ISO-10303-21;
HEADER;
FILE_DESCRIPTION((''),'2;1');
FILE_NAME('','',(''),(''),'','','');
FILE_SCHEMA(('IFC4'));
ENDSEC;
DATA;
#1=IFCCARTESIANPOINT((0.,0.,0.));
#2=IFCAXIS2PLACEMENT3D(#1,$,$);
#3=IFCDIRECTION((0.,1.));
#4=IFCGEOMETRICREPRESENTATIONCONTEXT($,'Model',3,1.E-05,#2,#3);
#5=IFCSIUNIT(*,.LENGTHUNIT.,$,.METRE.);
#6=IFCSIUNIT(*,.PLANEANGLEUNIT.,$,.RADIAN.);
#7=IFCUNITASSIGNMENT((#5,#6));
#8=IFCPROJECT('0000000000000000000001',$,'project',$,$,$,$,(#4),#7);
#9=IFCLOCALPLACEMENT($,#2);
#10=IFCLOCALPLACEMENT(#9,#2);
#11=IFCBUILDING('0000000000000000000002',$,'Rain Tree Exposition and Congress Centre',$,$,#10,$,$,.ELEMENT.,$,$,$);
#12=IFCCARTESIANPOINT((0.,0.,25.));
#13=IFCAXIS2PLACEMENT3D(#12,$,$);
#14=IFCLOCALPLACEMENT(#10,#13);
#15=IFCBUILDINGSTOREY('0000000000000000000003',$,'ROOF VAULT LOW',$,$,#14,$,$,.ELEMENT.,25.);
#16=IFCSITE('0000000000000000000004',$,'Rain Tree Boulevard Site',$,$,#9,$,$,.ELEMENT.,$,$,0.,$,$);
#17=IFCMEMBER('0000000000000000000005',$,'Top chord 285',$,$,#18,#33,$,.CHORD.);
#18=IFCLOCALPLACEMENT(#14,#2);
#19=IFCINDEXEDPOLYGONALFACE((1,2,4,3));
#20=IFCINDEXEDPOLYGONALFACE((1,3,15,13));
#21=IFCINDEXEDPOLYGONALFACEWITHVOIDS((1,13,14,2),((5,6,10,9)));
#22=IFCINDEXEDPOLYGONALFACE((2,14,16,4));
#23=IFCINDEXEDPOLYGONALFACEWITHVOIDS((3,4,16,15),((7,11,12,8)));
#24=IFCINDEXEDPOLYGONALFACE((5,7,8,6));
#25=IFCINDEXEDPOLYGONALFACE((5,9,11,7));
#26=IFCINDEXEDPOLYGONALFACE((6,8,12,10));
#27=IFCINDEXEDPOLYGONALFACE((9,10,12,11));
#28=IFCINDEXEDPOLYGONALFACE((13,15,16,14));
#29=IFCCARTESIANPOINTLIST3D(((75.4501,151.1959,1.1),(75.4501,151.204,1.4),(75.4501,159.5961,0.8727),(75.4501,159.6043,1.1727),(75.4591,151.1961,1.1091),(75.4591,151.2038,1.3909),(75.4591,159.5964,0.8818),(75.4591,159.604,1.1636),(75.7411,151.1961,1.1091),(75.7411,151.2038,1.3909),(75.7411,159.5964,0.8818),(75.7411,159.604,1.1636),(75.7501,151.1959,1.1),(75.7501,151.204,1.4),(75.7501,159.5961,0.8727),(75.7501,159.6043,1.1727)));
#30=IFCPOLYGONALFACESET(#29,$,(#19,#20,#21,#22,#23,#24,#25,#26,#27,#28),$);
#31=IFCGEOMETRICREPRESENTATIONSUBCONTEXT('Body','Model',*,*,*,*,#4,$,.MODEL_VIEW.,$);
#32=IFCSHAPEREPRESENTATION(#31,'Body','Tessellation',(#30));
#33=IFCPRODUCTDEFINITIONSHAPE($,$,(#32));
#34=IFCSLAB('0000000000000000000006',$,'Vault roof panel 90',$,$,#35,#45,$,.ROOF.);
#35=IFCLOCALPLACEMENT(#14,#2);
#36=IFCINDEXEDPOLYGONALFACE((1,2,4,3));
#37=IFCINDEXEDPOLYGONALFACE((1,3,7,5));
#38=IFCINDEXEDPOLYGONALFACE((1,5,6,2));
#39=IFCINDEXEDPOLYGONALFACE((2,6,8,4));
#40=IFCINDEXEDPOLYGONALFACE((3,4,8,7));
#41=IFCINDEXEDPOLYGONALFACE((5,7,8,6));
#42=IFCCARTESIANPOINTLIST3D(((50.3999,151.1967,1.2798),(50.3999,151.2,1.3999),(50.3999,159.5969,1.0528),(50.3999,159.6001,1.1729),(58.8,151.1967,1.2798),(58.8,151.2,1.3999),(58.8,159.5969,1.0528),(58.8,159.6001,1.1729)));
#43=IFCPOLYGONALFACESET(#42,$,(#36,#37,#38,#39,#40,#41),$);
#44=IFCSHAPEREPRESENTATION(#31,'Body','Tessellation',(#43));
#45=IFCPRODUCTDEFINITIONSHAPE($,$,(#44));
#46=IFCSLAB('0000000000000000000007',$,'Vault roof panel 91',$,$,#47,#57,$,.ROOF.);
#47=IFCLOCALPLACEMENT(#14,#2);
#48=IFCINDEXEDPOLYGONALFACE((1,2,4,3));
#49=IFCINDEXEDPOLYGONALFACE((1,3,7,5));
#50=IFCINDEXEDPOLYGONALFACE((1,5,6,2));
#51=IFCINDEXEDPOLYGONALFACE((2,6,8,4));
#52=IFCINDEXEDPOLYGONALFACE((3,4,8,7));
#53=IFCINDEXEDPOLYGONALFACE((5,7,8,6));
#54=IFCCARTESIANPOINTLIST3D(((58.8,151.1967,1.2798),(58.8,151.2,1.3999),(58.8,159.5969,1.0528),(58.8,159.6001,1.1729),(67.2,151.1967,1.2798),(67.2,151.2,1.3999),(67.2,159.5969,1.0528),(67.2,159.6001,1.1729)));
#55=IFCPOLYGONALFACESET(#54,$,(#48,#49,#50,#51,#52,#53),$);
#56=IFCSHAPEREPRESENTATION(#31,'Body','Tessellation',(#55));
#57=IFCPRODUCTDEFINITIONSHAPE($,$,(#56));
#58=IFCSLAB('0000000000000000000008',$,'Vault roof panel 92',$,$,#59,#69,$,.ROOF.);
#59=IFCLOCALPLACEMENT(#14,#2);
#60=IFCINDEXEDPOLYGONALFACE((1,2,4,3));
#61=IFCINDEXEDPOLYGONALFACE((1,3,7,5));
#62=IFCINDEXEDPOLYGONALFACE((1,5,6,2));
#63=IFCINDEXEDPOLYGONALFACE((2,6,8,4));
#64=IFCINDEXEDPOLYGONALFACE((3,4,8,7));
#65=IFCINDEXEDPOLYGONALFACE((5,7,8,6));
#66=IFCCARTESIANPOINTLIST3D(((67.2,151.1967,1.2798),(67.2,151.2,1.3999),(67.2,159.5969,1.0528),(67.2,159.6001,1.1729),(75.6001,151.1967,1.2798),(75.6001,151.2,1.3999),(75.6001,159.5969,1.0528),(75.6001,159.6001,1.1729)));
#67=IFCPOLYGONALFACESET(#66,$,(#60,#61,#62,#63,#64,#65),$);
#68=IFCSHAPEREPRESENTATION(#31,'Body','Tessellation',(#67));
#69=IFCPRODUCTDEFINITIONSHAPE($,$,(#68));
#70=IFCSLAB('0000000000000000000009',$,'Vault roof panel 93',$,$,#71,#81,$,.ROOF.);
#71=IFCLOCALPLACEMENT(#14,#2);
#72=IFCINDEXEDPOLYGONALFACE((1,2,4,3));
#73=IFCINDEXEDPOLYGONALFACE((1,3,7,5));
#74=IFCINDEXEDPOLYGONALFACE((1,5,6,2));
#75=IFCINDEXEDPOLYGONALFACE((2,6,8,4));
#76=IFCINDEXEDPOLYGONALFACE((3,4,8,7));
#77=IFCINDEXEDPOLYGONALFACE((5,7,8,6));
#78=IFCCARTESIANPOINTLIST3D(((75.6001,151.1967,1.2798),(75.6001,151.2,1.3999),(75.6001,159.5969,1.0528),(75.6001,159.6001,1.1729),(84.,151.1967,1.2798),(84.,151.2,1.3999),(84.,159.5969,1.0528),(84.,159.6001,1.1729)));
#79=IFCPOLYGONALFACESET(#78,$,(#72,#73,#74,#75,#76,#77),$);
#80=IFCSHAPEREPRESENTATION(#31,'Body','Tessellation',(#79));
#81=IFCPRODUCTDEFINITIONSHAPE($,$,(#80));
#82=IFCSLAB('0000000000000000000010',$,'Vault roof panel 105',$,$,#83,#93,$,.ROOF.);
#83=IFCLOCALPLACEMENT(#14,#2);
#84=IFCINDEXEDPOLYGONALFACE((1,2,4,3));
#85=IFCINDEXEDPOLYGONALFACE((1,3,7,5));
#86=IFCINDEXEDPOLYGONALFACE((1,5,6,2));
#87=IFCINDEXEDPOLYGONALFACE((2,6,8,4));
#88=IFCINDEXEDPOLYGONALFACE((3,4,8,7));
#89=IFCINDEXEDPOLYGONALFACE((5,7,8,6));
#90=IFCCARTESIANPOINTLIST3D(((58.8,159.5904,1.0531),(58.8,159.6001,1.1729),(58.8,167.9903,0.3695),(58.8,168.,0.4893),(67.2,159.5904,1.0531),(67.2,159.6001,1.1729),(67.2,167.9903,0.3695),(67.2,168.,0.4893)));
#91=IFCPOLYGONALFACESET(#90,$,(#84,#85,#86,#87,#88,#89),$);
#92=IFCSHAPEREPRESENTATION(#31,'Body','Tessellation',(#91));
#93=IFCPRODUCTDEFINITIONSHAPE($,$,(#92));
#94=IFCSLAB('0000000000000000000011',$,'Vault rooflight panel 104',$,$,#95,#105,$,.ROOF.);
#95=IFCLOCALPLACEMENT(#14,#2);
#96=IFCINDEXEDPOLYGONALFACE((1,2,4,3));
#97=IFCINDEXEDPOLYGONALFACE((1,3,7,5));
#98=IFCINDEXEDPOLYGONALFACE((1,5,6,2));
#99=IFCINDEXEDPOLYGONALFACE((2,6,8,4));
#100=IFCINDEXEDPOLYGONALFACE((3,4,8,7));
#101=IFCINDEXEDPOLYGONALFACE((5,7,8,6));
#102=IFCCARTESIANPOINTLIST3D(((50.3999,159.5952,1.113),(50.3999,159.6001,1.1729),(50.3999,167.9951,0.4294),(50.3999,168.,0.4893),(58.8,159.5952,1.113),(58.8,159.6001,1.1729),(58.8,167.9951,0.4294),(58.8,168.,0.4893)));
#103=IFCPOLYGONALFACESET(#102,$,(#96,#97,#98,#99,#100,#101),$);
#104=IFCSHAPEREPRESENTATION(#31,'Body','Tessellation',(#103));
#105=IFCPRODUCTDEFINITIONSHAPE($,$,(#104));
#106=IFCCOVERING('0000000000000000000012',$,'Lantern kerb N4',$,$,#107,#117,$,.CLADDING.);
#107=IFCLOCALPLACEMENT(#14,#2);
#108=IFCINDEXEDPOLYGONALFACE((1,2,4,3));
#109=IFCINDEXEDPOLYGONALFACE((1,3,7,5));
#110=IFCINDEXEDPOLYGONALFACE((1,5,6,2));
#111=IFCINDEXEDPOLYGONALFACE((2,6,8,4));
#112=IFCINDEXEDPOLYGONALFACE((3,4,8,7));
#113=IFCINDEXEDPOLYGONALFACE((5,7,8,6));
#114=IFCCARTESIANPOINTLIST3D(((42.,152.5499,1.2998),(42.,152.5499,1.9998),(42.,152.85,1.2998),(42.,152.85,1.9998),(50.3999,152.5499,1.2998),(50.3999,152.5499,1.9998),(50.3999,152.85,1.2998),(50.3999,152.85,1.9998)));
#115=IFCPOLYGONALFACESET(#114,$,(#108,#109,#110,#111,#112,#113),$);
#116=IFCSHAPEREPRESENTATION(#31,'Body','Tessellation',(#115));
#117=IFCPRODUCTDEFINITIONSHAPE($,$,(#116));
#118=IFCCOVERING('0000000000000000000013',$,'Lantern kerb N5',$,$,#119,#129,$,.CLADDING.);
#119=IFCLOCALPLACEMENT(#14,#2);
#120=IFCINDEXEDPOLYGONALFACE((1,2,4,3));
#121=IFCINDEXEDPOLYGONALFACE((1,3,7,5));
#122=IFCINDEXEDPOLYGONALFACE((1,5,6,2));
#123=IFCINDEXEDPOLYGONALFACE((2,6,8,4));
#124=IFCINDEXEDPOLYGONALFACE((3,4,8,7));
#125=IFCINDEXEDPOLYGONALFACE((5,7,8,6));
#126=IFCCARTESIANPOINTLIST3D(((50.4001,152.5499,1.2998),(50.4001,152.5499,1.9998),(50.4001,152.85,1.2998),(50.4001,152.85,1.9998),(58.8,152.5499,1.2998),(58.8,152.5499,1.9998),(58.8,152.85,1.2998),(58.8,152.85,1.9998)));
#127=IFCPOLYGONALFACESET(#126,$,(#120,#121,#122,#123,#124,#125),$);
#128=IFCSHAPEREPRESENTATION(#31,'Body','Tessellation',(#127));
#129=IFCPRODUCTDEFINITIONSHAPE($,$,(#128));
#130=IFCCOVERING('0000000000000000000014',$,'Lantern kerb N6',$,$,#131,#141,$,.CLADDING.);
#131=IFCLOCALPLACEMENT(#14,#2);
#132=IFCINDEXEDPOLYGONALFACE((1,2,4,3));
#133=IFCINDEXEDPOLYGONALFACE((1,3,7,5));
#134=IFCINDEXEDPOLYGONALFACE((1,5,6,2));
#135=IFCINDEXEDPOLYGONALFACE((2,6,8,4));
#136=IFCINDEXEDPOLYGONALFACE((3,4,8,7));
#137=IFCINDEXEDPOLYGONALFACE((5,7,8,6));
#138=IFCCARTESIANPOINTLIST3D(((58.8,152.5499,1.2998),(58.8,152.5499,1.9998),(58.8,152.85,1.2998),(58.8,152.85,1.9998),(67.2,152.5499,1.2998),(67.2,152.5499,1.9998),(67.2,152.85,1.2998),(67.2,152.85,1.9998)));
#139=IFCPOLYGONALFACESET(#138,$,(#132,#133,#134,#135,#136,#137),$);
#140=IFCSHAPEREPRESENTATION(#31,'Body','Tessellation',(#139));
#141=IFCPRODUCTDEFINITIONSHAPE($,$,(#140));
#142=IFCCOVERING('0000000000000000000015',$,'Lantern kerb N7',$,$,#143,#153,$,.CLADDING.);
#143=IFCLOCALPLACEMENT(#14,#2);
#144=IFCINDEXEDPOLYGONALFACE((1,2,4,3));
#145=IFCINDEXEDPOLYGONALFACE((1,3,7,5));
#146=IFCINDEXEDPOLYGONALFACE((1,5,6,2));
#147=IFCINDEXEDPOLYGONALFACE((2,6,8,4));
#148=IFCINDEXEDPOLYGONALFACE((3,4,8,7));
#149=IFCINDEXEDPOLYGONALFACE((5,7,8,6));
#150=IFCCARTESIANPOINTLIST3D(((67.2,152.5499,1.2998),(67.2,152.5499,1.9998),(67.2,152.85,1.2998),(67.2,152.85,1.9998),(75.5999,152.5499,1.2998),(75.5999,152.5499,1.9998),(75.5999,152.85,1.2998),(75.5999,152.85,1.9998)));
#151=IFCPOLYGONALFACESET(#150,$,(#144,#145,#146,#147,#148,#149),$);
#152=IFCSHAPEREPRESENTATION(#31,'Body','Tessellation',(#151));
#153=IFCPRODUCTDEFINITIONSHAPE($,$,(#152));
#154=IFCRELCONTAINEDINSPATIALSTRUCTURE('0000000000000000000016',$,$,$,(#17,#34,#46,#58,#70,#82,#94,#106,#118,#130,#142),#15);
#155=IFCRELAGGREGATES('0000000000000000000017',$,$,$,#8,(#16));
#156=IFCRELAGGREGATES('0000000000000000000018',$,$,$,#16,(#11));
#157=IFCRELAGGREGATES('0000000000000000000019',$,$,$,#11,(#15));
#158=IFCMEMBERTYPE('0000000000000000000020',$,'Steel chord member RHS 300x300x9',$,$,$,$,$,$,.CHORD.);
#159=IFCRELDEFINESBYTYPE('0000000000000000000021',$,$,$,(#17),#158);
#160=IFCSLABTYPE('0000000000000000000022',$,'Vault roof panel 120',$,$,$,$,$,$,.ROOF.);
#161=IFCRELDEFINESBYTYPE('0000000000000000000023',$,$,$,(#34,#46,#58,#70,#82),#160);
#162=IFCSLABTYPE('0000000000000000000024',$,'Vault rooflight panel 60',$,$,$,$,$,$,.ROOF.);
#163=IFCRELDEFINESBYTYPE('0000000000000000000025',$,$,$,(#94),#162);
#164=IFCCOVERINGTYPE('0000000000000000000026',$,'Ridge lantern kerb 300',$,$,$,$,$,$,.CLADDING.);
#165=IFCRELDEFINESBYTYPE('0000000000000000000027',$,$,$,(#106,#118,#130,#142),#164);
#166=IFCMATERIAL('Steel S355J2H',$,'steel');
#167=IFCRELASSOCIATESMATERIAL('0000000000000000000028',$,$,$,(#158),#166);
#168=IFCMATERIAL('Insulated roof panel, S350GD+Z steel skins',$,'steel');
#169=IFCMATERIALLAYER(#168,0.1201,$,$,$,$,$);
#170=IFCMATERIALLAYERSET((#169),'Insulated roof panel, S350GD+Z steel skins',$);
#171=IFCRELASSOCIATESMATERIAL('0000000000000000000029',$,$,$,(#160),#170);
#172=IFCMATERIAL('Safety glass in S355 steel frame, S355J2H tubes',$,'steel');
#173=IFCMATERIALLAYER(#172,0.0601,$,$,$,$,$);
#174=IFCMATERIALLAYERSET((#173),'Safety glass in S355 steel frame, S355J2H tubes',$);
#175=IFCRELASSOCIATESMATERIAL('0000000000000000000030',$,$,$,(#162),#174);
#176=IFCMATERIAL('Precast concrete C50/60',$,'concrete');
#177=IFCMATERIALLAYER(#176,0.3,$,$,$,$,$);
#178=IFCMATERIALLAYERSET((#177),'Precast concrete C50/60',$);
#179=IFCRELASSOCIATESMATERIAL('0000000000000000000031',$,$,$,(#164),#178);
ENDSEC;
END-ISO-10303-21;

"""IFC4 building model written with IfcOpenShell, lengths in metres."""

from ifc_helpers import new_model, si_unit, direction, frame, origin, origin_2d, place, context, subcontext, project, spatial, polyline, rectangle, hollow_rectangle, outline, extrude, material, layer, layer_set, material_profile, profile_set, type_object, element, save


model = new_model("IFC4")

# Units and contexts
model_context = context("Model", 3, precision=1e-05, world=origin(), true_north=direction((0.0, 1.0)))
body_context = subcontext(model_context, "Body", "Model", "MODEL_VIEW")
ifc_project = project(units=[si_unit("LENGTHUNIT", "METRE"), si_unit("PLANEANGLEUNIT", "RADIAN")], contexts=[model_context])

# Site, building, storey
site_placement = place(None, origin())
site = spatial("IfcSite", under=ifc_project, at=site_placement, Name="Rain Tree Boulevard Site", CompositionType="ELEMENT", RefElevation=0.0)
building_placement = place(site_placement, origin())
building = spatial("IfcBuilding", under=site, at=building_placement, Name="Rain Tree Exposition and Congress Centre", CompositionType="ELEMENT")
storey_placement = place(building_placement, frame((0.0, 0.0, 25.0)))
storey = spatial("IfcBuildingStorey", under=building, at=storey_placement, Name="ROOF VAULT LOW", CompositionType="ELEMENT", Elevation=25.0)

# Member
ifc_material_1 = material(Name="Steel S355J2H", Category="steel")
ifc_material_profile_1 = material_profile(ifc_material_1, hollow_rectangle(XDim=0.3, YDim=0.3, WallThickness=0.009, at=origin_2d()), Name="RHS 300x300x9")
ifc_profile_set_1 = profile_set([ifc_material_profile_1], Name="Steel S355J2H")
member_type = type_object("IfcMemberType", Name="Steel chord member RHS 300x300x9", PredefinedType="CHORD", material=ifc_profile_set_1)
for number, where, z_axis, x_axis, name in (
    (1, (75.6001, 151.2, 1.25), (0.0, 0.999634, -0.027049), (-1.0, 0.0, 0.0), "Top chord 285"),
):
    element("IfcMember", number, at=place(storey_placement, frame(where, z_axis=z_axis, x_axis=x_axis)), inside=storey, type_object=member_type, Name=name, PredefinedType="CHORD", context=body_context, shape_type="SweptSolid", body=[
        extrude(hollow_rectangle(XDim=0.3, YDim=0.3, WallThickness=0.009, at=origin_2d()), origin(), (0.0, 0.0, 1.0), 8.4033),
    ])

# Slabs
ifc_material_2 = material(Name="Insulated roof panel, S350GD+Z steel skins", Category="steel")
ifc_layer_1 = layer(ifc_material_2, 0.1201)
ifc_layer_set_1 = layer_set([ifc_layer_1], Name="Insulated roof panel, S350GD+Z steel skins")
slab_type_1 = type_object("IfcSlabType", Name="Vault roof panel 120", PredefinedType="ROOF", material=ifc_layer_set_1)
slab_1_placement = place(storey_placement, frame((50.3999, 151.2, 1.3999), z_axis=(0.0, 0.02702, 0.999635), x_axis=(1.0, 0.0, 0.0)))
element("IfcSlab", 2, at=slab_1_placement, inside=storey, type_object=slab_type_1, Name="Vault roof panel 90", PredefinedType="ROOF", context=body_context, shape_type="SweptSolid", body=[
    extrude(outline(polyline([(0.0, 0.0), (8.4001, 0.0), (8.4001, 8.4032), (0.0, 8.4032), (0.0, 0.0)])), origin(), (0.0, 0.0, -1.0), 0.1201),
])
slab_2_placement = place(storey_placement, frame((58.8, 151.2, 1.3999), z_axis=(0.0, 0.02702, 0.999635), x_axis=(1.0, 0.0, 0.0)))
element("IfcSlab", 3, at=slab_2_placement, inside=storey, type_object=slab_type_1, Name="Vault roof panel 91", PredefinedType="ROOF", context=body_context, shape_type="SweptSolid", body=[
    extrude(outline(polyline([(0.0, 0.0), (8.3999, 0.0), (8.3999, 8.4032), (0.0, 8.4032), (0.0, 0.0)])), origin(), (0.0, 0.0, -1.0), 0.1201),
])
slab_3_placement = place(storey_placement, frame((67.2, 151.2, 1.3999), z_axis=(0.0, 0.02702, 0.999635), x_axis=(1.0, 0.0, 0.0)))
element("IfcSlab", 4, at=slab_3_placement, inside=storey, type_object=slab_type_1, Name="Vault roof panel 92", PredefinedType="ROOF", context=body_context, shape_type="SweptSolid", body=[
    extrude(outline(polyline([(0.0, 0.0), (8.4001, 0.0), (8.4001, 8.4032), (0.0, 8.4032), (0.0, 0.0)])), origin(), (0.0, 0.0, -1.0), 0.1201),
])
slab_4_placement = place(storey_placement, frame((75.6001, 151.2, 1.3999), z_axis=(0.0, 0.02702, 0.999635), x_axis=(1.0, 0.0, 0.0)))
element("IfcSlab", 5, at=slab_4_placement, inside=storey, type_object=slab_type_1, Name="Vault roof panel 93", PredefinedType="ROOF", context=body_context, shape_type="SweptSolid", body=[
    extrude(outline(polyline([(0.0, 0.0), (8.3999, 0.0), (8.3999, 8.4032), (0.0, 8.4032), (0.0, 0.0)])), origin(), (0.0, 0.0, -1.0), 0.1201),
])
slab_5_placement = place(storey_placement, frame((58.8, 159.6001, 1.1729), z_axis=(0.0, 0.081113, 0.996705), x_axis=(1.0, 0.0, 0.0)))
element("IfcSlab", 6, at=slab_5_placement, inside=storey, type_object=slab_type_1, Name="Vault roof panel 105", PredefinedType="ROOF", context=body_context, shape_type="SweptSolid", body=[
    extrude(outline(polyline([(0.0, 0.0), (8.3999, 0.0), (8.3999, 8.4277), (0.0, 8.4277), (0.0, 0.0)])), origin(), (0.0, 0.0, -1.0), 0.1201),
])
ifc_material_3 = material(Name="Safety glass in S355 steel frame, S355J2H tubes", Category="steel")
ifc_layer_2 = layer(ifc_material_3, 0.0601)
ifc_layer_set_2 = layer_set([ifc_layer_2], Name="Safety glass in S355 steel frame, S355J2H tubes")
slab_type_2 = type_object("IfcSlabType", Name="Vault rooflight panel 60", PredefinedType="ROOF", material=ifc_layer_set_2)
slab_6_placement = place(storey_placement, frame((50.3999, 159.6001, 1.1729), z_axis=(0.0, 0.081113, 0.996705), x_axis=(1.0, 0.0, 0.0)))
element("IfcSlab", 7, at=slab_6_placement, inside=storey, type_object=slab_type_2, Name="Vault rooflight panel 104", PredefinedType="ROOF", context=body_context, shape_type="SweptSolid", body=[
    extrude(outline(polyline([(0.0, 0.0), (8.4001, 0.0), (8.4001, 8.4277), (0.0, 8.4277), (0.0, 0.0)])), origin(), (0.0, 0.0, -1.0), 0.0601),
])

# Coverings
ifc_material_4 = material(Name="Precast concrete C50/60", Category="concrete")
ifc_layer_3 = layer(ifc_material_4, 0.3)
ifc_layer_set_3 = layer_set([ifc_layer_3], Name="Precast concrete C50/60")
covering_type = type_object("IfcCoveringType", Name="Ridge lantern kerb 300", PredefinedType="CLADDING", material=ifc_layer_set_3)
for number, where, z_axis, x_axis, name in (
    (8, (46.2, 152.7, 1.2998), (0.0, 0.0, 1.0), (1.0, 0.0, 0.0), "Lantern kerb N4"),
    (9, (54.6001, 152.7, 1.2998), (0.0, 0.0, 1.0), (1.0, 0.0, 0.0), "Lantern kerb N5"),
    (10, (63.0, 152.7, 1.2998), (0.0, 0.0, 1.0), (1.0, 0.0, 0.0), "Lantern kerb N6"),
    (11, (71.3999, 152.7, 1.2998), (0.0, 0.0, 1.0), (1.0, 0.0, 0.0), "Lantern kerb N7"),
):
    element("IfcCovering", number, at=place(storey_placement, frame(where, z_axis=z_axis, x_axis=x_axis)), inside=storey, type_object=covering_type, Name=name, PredefinedType="CLADDING", context=body_context, shape_type="SweptSolid", body=[
        extrude(rectangle(XDim=8.3999, YDim=0.3, at=origin_2d()), origin(), (0.0, 0.0, 1.0), 0.7),
    ])

save(model, "model.ifc")
